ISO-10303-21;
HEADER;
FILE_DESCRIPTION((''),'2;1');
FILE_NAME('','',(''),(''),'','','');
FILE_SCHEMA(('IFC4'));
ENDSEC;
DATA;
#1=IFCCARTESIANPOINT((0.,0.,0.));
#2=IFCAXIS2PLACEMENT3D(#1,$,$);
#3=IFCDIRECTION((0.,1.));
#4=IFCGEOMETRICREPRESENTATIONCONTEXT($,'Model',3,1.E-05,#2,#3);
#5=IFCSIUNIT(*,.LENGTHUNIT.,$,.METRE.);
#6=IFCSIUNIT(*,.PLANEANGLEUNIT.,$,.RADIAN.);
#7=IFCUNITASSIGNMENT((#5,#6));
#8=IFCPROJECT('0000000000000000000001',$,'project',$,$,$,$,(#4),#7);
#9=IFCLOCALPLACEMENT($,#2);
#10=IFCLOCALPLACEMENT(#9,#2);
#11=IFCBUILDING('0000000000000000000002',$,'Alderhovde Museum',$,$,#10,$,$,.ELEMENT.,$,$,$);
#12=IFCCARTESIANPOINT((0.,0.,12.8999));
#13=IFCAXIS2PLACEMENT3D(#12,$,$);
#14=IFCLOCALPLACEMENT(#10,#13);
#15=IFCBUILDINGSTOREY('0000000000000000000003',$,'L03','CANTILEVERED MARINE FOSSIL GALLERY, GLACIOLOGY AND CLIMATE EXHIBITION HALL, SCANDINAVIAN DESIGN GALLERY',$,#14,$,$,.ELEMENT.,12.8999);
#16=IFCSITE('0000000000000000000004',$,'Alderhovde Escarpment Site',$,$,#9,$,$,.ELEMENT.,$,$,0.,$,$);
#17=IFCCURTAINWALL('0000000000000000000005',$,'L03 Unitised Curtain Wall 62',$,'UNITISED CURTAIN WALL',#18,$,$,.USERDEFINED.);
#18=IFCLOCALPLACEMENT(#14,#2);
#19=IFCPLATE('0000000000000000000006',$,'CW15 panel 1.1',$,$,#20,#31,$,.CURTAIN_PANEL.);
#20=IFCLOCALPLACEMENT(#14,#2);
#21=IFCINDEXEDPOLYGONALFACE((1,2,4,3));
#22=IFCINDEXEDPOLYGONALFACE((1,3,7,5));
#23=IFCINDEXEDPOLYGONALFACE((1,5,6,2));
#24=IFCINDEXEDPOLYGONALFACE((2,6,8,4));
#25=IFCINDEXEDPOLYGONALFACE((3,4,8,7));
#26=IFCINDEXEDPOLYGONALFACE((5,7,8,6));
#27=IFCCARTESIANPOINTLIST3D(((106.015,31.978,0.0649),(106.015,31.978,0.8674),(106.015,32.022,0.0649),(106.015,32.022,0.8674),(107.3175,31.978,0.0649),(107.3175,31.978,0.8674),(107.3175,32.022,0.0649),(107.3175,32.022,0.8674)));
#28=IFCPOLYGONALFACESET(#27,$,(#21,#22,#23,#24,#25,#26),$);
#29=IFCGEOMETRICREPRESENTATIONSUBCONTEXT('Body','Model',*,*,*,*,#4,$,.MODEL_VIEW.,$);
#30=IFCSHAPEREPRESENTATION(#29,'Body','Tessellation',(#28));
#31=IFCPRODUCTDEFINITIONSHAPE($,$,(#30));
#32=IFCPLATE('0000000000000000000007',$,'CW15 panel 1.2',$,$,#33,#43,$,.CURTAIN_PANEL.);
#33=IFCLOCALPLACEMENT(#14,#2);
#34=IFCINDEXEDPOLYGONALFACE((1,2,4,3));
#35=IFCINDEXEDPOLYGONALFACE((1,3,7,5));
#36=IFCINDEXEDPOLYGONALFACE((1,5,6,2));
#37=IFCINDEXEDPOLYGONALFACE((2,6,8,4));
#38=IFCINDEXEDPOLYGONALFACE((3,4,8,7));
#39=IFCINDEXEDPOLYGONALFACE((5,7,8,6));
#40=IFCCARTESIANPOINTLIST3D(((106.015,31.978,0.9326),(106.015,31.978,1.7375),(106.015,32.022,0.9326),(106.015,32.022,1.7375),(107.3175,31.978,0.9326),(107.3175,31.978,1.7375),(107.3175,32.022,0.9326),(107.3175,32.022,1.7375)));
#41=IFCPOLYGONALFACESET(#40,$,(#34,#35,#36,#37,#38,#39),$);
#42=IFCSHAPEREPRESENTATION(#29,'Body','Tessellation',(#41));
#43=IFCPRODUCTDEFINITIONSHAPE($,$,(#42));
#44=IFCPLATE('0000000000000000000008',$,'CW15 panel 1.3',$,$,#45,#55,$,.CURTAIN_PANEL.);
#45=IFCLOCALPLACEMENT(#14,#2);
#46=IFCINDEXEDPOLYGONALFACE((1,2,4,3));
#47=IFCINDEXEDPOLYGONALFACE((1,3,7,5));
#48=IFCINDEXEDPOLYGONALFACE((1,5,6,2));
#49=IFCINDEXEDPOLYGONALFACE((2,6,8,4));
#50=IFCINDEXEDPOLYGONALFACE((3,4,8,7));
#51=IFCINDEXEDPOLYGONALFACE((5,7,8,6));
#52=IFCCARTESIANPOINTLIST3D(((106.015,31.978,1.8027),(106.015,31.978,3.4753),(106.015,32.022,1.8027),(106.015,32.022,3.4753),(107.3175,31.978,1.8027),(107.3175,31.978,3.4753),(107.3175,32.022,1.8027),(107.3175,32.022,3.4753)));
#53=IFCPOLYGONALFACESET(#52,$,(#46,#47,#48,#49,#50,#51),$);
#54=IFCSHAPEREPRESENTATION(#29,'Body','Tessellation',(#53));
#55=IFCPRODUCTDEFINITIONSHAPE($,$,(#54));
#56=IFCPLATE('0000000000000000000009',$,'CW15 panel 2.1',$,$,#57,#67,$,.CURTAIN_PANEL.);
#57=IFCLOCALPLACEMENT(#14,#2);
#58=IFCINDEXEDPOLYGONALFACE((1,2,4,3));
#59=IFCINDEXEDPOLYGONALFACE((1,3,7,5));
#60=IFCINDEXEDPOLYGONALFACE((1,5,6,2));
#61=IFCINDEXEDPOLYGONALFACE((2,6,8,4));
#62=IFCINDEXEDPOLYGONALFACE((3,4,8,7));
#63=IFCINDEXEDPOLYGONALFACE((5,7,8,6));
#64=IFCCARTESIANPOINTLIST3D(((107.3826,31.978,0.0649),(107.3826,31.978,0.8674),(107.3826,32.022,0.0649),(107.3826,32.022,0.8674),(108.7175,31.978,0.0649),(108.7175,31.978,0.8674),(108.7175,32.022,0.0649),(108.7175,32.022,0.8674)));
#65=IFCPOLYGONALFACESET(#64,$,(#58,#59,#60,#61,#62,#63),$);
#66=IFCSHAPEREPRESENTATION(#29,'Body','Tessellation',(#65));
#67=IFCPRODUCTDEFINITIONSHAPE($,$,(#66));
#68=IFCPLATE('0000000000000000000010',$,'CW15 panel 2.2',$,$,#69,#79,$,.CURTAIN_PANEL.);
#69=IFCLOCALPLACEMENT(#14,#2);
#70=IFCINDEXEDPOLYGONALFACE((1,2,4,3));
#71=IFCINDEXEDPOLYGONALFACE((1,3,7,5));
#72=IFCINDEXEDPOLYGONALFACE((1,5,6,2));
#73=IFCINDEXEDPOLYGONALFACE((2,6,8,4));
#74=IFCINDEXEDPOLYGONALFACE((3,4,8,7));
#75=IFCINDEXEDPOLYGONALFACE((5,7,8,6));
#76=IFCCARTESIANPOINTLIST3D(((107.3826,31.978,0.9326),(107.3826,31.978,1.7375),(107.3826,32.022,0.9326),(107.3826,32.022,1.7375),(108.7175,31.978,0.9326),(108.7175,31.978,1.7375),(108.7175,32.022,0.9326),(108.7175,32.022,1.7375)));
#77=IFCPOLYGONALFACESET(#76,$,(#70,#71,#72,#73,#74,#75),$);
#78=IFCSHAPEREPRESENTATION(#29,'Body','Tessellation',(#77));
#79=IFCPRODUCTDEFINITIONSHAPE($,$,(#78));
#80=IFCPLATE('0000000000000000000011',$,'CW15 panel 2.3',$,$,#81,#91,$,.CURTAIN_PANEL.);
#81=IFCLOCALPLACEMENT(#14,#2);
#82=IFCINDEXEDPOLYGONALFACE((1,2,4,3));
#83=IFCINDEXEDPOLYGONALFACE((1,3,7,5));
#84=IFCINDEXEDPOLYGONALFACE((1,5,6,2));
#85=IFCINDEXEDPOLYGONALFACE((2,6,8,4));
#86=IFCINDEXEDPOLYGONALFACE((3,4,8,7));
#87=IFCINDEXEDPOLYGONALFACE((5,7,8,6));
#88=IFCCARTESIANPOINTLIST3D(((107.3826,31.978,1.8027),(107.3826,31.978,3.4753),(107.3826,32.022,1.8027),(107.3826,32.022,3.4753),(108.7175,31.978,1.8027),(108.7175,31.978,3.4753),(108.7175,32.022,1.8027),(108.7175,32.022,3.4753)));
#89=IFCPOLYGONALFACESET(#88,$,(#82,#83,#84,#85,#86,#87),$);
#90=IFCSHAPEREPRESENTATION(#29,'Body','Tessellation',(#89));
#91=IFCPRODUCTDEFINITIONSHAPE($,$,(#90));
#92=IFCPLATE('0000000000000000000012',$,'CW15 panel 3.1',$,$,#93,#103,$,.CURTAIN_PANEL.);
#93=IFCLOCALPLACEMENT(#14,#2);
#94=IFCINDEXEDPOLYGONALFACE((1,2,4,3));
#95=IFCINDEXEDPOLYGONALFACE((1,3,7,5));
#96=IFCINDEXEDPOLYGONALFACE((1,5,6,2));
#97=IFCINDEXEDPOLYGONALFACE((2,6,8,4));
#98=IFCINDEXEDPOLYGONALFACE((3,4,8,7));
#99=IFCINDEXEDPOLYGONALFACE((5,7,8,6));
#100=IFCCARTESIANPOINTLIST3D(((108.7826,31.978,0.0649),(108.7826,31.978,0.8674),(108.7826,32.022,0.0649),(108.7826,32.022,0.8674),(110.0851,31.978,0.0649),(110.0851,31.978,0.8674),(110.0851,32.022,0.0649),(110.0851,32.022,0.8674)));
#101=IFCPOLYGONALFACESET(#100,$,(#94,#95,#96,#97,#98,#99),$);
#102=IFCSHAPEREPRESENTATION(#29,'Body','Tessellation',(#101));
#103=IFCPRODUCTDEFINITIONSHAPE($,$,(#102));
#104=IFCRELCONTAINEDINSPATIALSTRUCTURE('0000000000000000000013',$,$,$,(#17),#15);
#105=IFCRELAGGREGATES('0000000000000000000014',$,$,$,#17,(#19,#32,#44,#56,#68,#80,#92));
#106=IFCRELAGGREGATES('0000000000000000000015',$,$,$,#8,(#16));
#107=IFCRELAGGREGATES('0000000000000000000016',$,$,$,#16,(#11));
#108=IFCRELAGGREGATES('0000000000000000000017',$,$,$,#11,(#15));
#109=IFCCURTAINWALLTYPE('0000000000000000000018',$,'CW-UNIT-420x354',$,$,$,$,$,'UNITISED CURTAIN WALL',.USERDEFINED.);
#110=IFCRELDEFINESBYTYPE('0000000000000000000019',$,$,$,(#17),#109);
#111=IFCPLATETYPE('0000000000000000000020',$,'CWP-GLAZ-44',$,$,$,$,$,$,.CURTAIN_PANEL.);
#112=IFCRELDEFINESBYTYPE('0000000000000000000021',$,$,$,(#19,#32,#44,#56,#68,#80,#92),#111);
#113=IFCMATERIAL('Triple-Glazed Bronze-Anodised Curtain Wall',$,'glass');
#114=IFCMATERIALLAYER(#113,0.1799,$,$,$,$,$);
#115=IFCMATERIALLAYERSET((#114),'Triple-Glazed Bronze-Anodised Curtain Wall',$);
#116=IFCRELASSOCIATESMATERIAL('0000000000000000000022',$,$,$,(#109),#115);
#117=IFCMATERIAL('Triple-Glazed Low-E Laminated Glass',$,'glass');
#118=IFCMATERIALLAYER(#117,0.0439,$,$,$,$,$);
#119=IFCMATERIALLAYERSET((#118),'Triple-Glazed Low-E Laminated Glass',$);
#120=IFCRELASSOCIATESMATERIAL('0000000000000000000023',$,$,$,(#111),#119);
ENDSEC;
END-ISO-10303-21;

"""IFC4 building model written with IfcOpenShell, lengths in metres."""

from ifc_helpers import new_model, si_unit, direction, frame, origin, origin_2d, place, context, subcontext, project, spatial, rectangle, extrude, material, layer, layer_set, type_object, element, aggregate, save


model = new_model("IFC4")

# Units and contexts
model_context = context("Model", 3, precision=1e-05, world=origin(), true_north=direction((0.0, 1.0)))
body_context = subcontext(model_context, "Body", "Model", "MODEL_VIEW")
ifc_project = project(units=[si_unit("LENGTHUNIT", "METRE"), si_unit("PLANEANGLEUNIT", "RADIAN")], contexts=[model_context])

# Site, building, storey
site_placement = place(None, origin())
site = spatial("IfcSite", under=ifc_project, at=site_placement, Name="Alderhovde Escarpment Site", CompositionType="ELEMENT", RefElevation=0.0)
building_placement = place(site_placement, origin())
building = spatial("IfcBuilding", under=site, at=building_placement, Name="Alderhovde Museum", CompositionType="ELEMENT")
storey_placement = place(building_placement, frame((0.0, 0.0, 12.8999)))
storey = spatial("IfcBuildingStorey", under=building, at=storey_placement, Name="L03", Description="CANTILEVERED MARINE FOSSIL GALLERY, GLACIOLOGY AND CLIMATE EXHIBITION HALL, SCANDINAVIAN DESIGN GALLERY", CompositionType="ELEMENT", Elevation=12.8999)

# Curtain wall
ifc_material_1 = material(Name="Triple-Glazed Bronze-Anodised Curtain Wall", Category="glass")
ifc_layer_1 = layer(ifc_material_1, 0.1799)
ifc_layer_set_1 = layer_set([ifc_layer_1], Name="Triple-Glazed Bronze-Anodised Curtain Wall")
curtain_wall_type_1 = type_object("IfcCurtainWallType", Name="CW-UNIT-420x354", ElementType="UNITISED CURTAIN WALL", PredefinedType="USERDEFINED", material=ifc_layer_set_1)
curtain_wall_1_placement = place(storey_placement, origin())
curtain_wall_1 = element("IfcCurtainWall", 1, at=curtain_wall_1_placement, inside=storey, type_object=curtain_wall_type_1, Name="L03 Unitised Curtain Wall 62", ObjectType="UNITISED CURTAIN WALL", PredefinedType="USERDEFINED")

# Plates
ifc_material_2 = material(Name="Triple-Glazed Low-E Laminated Glass", Category="glass")
ifc_layer_2 = layer(ifc_material_2, 0.0439)
ifc_layer_set_2 = layer_set([ifc_layer_2], Name="Triple-Glazed Low-E Laminated Glass")
plate_type_1 = type_object("IfcPlateType", Name="CWP-GLAZ-44", PredefinedType="CURTAIN_PANEL", material=ifc_layer_set_2)
plate_1_placement = place(storey_placement, frame((106.6663, 32.0, 0.0649), z_axis=(0.0, 0.0, 1.0), x_axis=(1.0, 0.0, 0.0)))
plate_1 = element("IfcPlate", 2, at=plate_1_placement, type_object=plate_type_1, Name="CW15 panel 1.1", PredefinedType="CURTAIN_PANEL", context=body_context, shape_type="SweptSolid", body=[
    extrude(rectangle(XDim=1.3025, YDim=0.0439, at=origin_2d()), origin(), (0.0, 0.0, 1.0), 0.8025),
])
plate_2_placement = place(storey_placement, frame((106.6663, 32.0, 0.9326), z_axis=(0.0, 0.0, 1.0), x_axis=(1.0, 0.0, 0.0)))
plate_2 = element("IfcPlate", 3, at=plate_2_placement, type_object=plate_type_1, Name="CW15 panel 1.2", PredefinedType="CURTAIN_PANEL", context=body_context, shape_type="SweptSolid", body=[
    extrude(rectangle(XDim=1.3025, YDim=0.0439, at=origin_2d()), origin(), (0.0, 0.0, 1.0), 0.8049),
])
plate_3_placement = place(storey_placement, frame((106.6663, 32.0, 1.8027), z_axis=(0.0, 0.0, 1.0), x_axis=(1.0, 0.0, 0.0)))
plate_3 = element("IfcPlate", 4, at=plate_3_placement, type_object=plate_type_1, Name="CW15 panel 1.3", PredefinedType="CURTAIN_PANEL", context=body_context, shape_type="SweptSolid", body=[
    extrude(rectangle(XDim=1.3025, YDim=0.0439, at=origin_2d()), origin(), (0.0, 0.0, 1.0), 1.6726),
])
plate_4_placement = place(storey_placement, frame((108.05, 32.0, 0.0649), z_axis=(0.0, 0.0, 1.0), x_axis=(1.0, 0.0, 0.0)))
plate_4 = element("IfcPlate", 5, at=plate_4_placement, type_object=plate_type_1, Name="CW15 panel 2.1", PredefinedType="CURTAIN_PANEL", context=body_context, shape_type="SweptSolid", body=[
    extrude(rectangle(XDim=1.335, YDim=0.0439, at=origin_2d()), origin(), (0.0, 0.0, 1.0), 0.8025),
])
plate_5_placement = place(storey_placement, frame((108.05, 32.0, 0.9326), z_axis=(0.0, 0.0, 1.0), x_axis=(1.0, 0.0, 0.0)))
plate_5 = element("IfcPlate", 6, at=plate_5_placement, type_object=plate_type_1, Name="CW15 panel 2.2", PredefinedType="CURTAIN_PANEL", context=body_context, shape_type="SweptSolid", body=[
    extrude(rectangle(XDim=1.335, YDim=0.0439, at=origin_2d()), origin(), (0.0, 0.0, 1.0), 0.8049),
])
plate_6_placement = place(storey_placement, frame((108.05, 32.0, 1.8027), z_axis=(0.0, 0.0, 1.0), x_axis=(1.0, 0.0, 0.0)))
plate_6 = element("IfcPlate", 7, at=plate_6_placement, type_object=plate_type_1, Name="CW15 panel 2.3", PredefinedType="CURTAIN_PANEL", context=body_context, shape_type="SweptSolid", body=[
    extrude(rectangle(XDim=1.335, YDim=0.0439, at=origin_2d()), origin(), (0.0, 0.0, 1.0), 1.6726),
])
plate_7_placement = place(storey_placement, frame((109.4338, 32.0, 0.0649), z_axis=(0.0, 0.0, 1.0), x_axis=(1.0, 0.0, 0.0)))
plate_7 = element("IfcPlate", 8, at=plate_7_placement, type_object=plate_type_1, Name="CW15 panel 3.1", PredefinedType="CURTAIN_PANEL", context=body_context, shape_type="SweptSolid", body=[
    extrude(rectangle(XDim=1.3025, YDim=0.0439, at=origin_2d()), origin(), (0.0, 0.0, 1.0), 0.8025),
])
aggregate(curtain_wall_1, [plate_1, plate_2, plate_3, plate_4, plate_5, plate_6, plate_7])

save(model, "model.ifc")
